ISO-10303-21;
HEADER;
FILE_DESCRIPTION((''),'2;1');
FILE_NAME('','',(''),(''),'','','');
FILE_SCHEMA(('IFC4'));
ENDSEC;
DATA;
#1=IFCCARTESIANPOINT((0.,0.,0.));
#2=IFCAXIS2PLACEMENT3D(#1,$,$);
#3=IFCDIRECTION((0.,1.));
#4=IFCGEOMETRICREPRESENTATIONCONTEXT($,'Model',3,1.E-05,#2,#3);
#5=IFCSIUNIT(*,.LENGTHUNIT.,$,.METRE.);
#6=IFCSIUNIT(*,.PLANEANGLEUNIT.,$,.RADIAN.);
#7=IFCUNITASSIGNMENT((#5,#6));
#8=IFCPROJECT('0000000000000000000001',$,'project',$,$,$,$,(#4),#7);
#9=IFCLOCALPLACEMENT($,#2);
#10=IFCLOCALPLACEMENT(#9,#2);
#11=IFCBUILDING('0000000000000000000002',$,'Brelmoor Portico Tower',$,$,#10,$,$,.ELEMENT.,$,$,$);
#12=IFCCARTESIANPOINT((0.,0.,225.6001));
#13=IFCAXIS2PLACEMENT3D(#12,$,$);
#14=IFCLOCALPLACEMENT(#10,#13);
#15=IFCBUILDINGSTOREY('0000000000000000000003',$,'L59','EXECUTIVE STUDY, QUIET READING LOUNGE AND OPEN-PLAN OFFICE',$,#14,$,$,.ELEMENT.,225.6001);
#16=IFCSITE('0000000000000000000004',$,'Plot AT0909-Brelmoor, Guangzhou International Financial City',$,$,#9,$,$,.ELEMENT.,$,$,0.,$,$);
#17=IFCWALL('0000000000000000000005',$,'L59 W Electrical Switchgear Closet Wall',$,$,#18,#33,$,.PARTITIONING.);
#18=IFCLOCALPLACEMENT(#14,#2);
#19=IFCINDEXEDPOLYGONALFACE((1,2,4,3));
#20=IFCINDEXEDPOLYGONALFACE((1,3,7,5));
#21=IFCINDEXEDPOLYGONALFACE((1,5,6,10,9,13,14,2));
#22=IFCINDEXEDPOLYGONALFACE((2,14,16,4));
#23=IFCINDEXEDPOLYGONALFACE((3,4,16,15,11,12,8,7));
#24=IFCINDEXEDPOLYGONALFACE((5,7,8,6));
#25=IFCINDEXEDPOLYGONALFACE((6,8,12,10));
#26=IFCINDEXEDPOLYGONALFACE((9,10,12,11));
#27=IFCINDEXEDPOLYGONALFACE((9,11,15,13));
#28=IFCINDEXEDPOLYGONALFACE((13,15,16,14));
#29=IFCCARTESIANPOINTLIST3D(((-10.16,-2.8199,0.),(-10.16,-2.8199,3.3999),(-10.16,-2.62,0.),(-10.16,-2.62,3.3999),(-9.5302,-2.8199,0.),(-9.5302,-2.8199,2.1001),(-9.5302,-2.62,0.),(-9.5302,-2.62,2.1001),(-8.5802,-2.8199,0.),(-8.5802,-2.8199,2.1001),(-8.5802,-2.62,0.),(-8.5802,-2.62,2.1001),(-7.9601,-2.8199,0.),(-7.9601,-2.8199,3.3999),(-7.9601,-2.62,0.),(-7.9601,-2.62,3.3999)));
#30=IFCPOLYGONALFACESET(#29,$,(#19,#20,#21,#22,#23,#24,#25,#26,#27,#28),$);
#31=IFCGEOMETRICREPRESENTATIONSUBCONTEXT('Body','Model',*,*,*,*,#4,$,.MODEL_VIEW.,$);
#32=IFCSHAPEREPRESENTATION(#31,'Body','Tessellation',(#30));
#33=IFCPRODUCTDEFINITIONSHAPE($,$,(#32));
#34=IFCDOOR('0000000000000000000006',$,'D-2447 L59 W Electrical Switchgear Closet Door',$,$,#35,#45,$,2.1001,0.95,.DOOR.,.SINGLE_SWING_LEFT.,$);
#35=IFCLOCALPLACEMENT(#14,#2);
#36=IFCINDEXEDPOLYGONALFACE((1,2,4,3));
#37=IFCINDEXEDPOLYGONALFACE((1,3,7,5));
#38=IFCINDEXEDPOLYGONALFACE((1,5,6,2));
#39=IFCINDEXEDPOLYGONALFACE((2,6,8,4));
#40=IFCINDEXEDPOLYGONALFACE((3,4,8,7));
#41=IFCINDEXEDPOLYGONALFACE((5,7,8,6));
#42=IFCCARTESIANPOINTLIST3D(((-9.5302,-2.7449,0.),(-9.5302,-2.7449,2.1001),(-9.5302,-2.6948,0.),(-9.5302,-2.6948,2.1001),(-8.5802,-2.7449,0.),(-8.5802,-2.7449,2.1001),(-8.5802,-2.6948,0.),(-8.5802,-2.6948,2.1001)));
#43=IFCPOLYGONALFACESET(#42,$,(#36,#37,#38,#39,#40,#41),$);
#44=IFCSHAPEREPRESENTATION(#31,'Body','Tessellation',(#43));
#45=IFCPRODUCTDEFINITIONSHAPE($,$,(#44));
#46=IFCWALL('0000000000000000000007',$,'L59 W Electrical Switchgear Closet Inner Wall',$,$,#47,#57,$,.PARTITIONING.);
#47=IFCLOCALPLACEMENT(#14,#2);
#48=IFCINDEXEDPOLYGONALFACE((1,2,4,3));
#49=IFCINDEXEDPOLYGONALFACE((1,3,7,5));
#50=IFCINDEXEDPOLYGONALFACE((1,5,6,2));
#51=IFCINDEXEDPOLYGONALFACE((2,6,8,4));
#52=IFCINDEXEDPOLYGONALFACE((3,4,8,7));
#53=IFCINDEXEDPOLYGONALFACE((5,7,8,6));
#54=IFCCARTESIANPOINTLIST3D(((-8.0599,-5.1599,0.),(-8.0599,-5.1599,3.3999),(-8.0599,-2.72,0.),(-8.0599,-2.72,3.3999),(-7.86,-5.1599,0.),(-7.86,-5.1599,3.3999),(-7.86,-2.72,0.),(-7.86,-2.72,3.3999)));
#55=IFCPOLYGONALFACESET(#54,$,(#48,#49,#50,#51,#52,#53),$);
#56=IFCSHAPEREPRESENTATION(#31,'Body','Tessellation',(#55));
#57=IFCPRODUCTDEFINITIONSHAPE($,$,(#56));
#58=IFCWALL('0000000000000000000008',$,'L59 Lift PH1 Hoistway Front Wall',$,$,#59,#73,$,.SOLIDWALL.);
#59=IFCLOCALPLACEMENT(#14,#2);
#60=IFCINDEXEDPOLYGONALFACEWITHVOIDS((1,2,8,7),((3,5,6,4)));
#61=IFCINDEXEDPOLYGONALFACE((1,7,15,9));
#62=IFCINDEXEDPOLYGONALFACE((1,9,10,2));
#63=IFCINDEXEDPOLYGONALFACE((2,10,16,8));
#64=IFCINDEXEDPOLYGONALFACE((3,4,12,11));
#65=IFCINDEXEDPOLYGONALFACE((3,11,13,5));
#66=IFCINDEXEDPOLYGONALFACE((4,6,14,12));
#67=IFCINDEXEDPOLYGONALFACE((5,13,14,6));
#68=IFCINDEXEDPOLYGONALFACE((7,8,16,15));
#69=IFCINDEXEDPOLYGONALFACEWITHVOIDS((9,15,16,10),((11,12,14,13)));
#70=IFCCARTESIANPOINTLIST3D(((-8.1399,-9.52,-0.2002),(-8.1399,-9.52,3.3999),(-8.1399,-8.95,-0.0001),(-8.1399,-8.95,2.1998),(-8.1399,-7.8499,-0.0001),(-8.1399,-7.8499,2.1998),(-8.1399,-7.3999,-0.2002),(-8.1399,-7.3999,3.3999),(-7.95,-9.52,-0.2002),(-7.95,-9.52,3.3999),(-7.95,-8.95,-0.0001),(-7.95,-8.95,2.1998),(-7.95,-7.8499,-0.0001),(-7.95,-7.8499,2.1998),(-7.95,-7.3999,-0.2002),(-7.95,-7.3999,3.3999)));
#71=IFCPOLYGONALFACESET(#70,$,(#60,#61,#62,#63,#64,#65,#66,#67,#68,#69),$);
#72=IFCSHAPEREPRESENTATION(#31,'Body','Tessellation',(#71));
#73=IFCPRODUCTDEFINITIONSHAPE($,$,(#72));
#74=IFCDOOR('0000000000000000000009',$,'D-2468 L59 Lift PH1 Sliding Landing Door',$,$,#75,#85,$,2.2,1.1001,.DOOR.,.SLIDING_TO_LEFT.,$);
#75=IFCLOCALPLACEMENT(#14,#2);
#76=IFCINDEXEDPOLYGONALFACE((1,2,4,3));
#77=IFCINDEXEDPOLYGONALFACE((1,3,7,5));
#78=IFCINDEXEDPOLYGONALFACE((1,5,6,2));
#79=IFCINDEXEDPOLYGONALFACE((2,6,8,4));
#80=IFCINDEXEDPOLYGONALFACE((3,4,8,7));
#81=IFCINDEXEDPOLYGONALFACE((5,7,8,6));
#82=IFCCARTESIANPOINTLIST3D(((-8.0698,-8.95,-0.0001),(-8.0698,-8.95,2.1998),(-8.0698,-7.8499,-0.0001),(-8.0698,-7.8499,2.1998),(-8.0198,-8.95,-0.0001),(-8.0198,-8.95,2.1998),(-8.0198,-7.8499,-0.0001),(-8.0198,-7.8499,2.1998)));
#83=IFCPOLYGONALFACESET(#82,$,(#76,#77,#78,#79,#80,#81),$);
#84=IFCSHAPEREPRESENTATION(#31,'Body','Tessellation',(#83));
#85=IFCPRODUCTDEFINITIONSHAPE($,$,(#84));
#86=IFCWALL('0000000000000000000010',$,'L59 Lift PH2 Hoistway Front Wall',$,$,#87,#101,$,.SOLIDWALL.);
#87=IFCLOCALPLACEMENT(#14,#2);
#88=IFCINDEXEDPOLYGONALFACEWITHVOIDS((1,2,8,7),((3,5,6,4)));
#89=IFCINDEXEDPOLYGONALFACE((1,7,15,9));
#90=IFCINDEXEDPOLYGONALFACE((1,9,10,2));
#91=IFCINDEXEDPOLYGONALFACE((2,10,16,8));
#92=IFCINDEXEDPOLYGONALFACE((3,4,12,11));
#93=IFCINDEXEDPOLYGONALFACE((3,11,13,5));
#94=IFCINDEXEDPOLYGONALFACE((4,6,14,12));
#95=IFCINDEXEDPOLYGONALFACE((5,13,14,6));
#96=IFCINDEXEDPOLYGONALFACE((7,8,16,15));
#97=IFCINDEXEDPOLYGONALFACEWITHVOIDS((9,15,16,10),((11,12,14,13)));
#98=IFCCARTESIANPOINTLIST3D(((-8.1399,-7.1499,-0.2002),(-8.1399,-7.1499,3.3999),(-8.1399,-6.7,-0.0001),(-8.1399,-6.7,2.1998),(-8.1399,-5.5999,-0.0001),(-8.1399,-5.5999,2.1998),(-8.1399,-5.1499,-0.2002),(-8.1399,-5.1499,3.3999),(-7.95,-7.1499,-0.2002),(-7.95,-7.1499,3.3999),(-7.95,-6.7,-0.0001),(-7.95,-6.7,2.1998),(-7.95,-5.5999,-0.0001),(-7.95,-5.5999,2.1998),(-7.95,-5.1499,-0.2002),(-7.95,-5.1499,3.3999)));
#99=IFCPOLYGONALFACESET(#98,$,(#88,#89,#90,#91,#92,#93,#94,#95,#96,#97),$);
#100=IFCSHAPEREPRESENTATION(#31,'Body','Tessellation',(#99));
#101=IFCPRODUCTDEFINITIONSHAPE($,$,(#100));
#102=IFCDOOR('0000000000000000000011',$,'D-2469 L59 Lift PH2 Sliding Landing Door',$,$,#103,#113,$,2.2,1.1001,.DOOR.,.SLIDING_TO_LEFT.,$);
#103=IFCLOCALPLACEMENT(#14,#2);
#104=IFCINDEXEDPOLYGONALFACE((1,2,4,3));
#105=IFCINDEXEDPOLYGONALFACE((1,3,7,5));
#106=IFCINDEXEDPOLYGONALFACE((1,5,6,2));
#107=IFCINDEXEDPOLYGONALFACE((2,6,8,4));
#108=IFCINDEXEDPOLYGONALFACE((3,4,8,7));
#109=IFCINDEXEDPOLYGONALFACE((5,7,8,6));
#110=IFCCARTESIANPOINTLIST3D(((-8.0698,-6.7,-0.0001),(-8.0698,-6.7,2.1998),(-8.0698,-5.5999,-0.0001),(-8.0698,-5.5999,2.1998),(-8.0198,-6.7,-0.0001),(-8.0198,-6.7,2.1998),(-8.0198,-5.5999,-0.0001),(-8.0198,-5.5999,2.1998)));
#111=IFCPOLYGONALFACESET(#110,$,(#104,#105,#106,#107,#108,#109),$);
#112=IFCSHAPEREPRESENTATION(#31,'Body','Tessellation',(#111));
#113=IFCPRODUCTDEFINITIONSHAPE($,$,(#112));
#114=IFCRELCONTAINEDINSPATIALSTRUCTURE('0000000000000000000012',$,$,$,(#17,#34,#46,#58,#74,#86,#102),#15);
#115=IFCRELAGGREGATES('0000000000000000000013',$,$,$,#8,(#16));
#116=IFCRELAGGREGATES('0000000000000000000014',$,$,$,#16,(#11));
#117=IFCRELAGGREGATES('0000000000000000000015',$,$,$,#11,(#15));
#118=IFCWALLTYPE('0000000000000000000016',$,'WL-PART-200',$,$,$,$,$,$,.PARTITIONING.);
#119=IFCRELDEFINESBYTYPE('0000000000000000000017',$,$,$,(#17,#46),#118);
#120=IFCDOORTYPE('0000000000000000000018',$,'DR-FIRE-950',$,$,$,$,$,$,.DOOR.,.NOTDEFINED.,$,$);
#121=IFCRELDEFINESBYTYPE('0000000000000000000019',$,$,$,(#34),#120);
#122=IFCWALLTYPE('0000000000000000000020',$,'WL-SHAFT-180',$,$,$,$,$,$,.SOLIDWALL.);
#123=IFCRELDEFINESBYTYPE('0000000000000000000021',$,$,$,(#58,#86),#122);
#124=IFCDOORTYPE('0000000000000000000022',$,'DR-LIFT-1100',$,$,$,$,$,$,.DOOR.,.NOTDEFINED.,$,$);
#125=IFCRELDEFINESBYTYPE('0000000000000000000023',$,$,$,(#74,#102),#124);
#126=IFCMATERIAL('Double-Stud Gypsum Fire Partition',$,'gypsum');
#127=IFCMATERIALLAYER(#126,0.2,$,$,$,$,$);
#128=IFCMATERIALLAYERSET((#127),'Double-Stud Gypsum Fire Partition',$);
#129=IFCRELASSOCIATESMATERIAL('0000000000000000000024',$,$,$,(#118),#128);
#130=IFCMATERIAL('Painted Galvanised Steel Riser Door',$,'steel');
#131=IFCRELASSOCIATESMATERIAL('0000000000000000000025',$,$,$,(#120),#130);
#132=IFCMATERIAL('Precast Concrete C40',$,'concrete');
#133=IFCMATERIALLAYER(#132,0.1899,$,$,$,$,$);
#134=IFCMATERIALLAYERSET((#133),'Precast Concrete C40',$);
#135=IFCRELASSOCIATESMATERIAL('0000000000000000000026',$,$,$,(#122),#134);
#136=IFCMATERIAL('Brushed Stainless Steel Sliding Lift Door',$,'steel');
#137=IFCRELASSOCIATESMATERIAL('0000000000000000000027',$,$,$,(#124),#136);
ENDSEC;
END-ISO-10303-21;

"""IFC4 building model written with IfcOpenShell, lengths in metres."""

from ifc_helpers import new_model, si_unit, direction, frame, frame_2d, origin, place, context, subcontext, project, spatial, rectangle, extrude, material, layer, layer_set, type_object, element, fill, save


model = new_model("IFC4")

# Units and contexts
model_context = context("Model", 3, precision=1e-05, world=origin(), true_north=direction((0.0, 1.0)))
body_context = subcontext(model_context, "Body", "Model", "MODEL_VIEW")
ifc_project = project(units=[si_unit("LENGTHUNIT", "METRE"), si_unit("PLANEANGLEUNIT", "RADIAN")], contexts=[model_context])

# Site, building, storey
site_placement = place(None, origin())
site = spatial("IfcSite", under=ifc_project, at=site_placement, Name="Plot AT0909-Brelmoor, Guangzhou International Financial City", CompositionType="ELEMENT", RefElevation=0.0)
building_placement = place(site_placement, origin())
building = spatial("IfcBuilding", under=site, at=building_placement, Name="Brelmoor Portico Tower", CompositionType="ELEMENT")
storey_placement = place(building_placement, frame((0.0, 0.0, 225.6001)))
storey = spatial("IfcBuildingStorey", under=building, at=storey_placement, Name="L59", Description="EXECUTIVE STUDY, QUIET READING LOUNGE AND OPEN-PLAN OFFICE", CompositionType="ELEMENT", Elevation=225.6001)

# Shared definitions
ifc_material_1 = material(Name="Double-Stud Gypsum Fire Partition", Category="gypsum")
ifc_layer_1 = layer(ifc_material_1, 0.2)
ifc_layer_set_1 = layer_set([ifc_layer_1], Name="Double-Stud Gypsum Fire Partition")
wall_type_1 = type_object("IfcWallType", Name="WL-PART-200", PredefinedType="PARTITIONING", material=ifc_layer_set_1)

# Wall, opening, door
wall_1_placement = place(storey_placement, frame((-7.96, -2.72, 0.0), z_axis=(0.0, 0.0, 1.0), x_axis=(-1.0, 0.0, 0.0)))
wall_1 = element("IfcWall", 1, at=wall_1_placement, inside=storey, type_object=wall_type_1, Name="L59 W Electrical Switchgear Closet Wall", PredefinedType="PARTITIONING", context=body_context, shape_type="SweptSolid", body=[
    extrude(rectangle(XDim=2.2, YDim=0.2, at=frame_2d((1.1001, 0.0))), origin(), (0.0, 0.0, 1.0), 3.3999),
])
opening_1_placement = place(wall_1_placement, frame((0.6201, 0.0, 0.0)))
opening_1 = element("IfcOpeningElement", 2, at=opening_1_placement, cuts=wall_1, PredefinedType="OPENING", context=body_context, shape_type="SweptSolid", body=[
    extrude(rectangle(XDim=0.95, YDim=2.1001, at=frame_2d((0.4751, 1.05))), frame((0.0, 0.1099, 0.0), z_axis=(0.0, -1.0, 0.0), x_axis=(1.0, 0.0, 0.0)), (0.0, 0.0, 1.0), 0.22),
])
ifc_material_2 = material(Name="Painted Galvanised Steel Riser Door", Category="steel")
door_type_1 = type_object("IfcDoorType", Name="DR-FIRE-950", OperationType="NOTDEFINED", PredefinedType="DOOR", material=ifc_material_2)
door_1_placement = place(opening_1_placement, origin())
door_1 = element("IfcDoor", 3, at=door_1_placement, inside=storey, type_object=door_type_1, Name="D-2447 L59 W Electrical Switchgear Closet Door", OperationType="SINGLE_SWING_LEFT", OverallHeight=2.1001, OverallWidth=0.95, PredefinedType="DOOR", context=body_context, shape_type="SweptSolid", body=[
    extrude(rectangle(XDim=0.95, YDim=2.1001, at=frame_2d((0.4751, 1.05))), frame((0.0, 0.0249, 0.0), z_axis=(0.0, -1.0, 0.0), x_axis=(1.0, 0.0, 0.0)), (0.0, 0.0, 1.0), 0.05),
])
fill(opening_1, door_1)

# Wall
wall_2_placement = place(storey_placement, frame((-7.96, -5.1599, 0.0), z_axis=(0.0, 0.0, 1.0), x_axis=(0.0, 1.0, 0.0)))
element("IfcWall", 4, at=wall_2_placement, inside=storey, type_object=wall_type_1, Name="L59 W Electrical Switchgear Closet Inner Wall", PredefinedType="PARTITIONING", context=body_context, shape_type="SweptSolid", body=[
    extrude(rectangle(XDim=2.4399, YDim=0.2, at=frame_2d((1.22, 0.0))), origin(), (0.0, 0.0, 1.0), 3.3999),
])

# Walls, openings, doors
ifc_material_3 = material(Name="Precast Concrete C40", Category="concrete")
ifc_layer_2 = layer(ifc_material_3, 0.1899)
ifc_layer_set_2 = layer_set([ifc_layer_2], Name="Precast Concrete C40")
wall_type_2 = type_object("IfcWallType", Name="WL-SHAFT-180", PredefinedType="SOLIDWALL", material=ifc_layer_set_2)
wall_3_placement = place(storey_placement, frame((-8.0449, -9.52, -0.2002), z_axis=(0.0, 0.0, 1.0), x_axis=(0.0, 1.0, 0.0)))
wall_3 = element("IfcWall", 5, at=wall_3_placement, inside=storey, type_object=wall_type_2, Name="L59 Lift PH1 Hoistway Front Wall", PredefinedType="SOLIDWALL", context=body_context, shape_type="SweptSolid", body=[
    extrude(rectangle(XDim=2.1201, YDim=0.1899, at=frame_2d((1.0601, 0.0))), origin(), (0.0, 0.0, 1.0), 3.6001),
])
opening_2_placement = place(wall_3_placement, frame((0.5701, 0.0, 0.2)))
opening_2 = element("IfcOpeningElement", 6, at=opening_2_placement, cuts=wall_3, PredefinedType="OPENING", context=body_context, shape_type="SweptSolid", body=[
    extrude(rectangle(XDim=1.1001, YDim=2.2, at=frame_2d((0.55, 1.1001))), frame((0.0, 0.105, 0.0), z_axis=(0.0, -1.0, 0.0), x_axis=(1.0, 0.0, 0.0)), (0.0, 0.0, 1.0), 0.21),
])
ifc_material_4 = material(Name="Brushed Stainless Steel Sliding Lift Door", Category="steel")
door_type_2 = type_object("IfcDoorType", Name="DR-LIFT-1100", OperationType="NOTDEFINED", PredefinedType="DOOR", material=ifc_material_4)
door_2_placement = place(opening_2_placement, origin())
door_2 = element("IfcDoor", 7, at=door_2_placement, inside=storey, type_object=door_type_2, Name="D-2468 L59 Lift PH1 Sliding Landing Door", OperationType="SLIDING_TO_LEFT", OverallHeight=2.2, OverallWidth=1.1001, PredefinedType="DOOR", context=body_context, shape_type="SweptSolid", body=[
    extrude(rectangle(XDim=1.1001, YDim=2.2, at=frame_2d((0.55, 1.1001))), frame((0.0, 0.0249, 0.0), z_axis=(0.0, -1.0, 0.0), x_axis=(1.0, 0.0, 0.0)), (0.0, 0.0, 1.0), 0.05),
])
fill(opening_2, door_2)
wall_4_placement = place(storey_placement, frame((-8.0449, -7.1499, -0.2002), z_axis=(0.0, 0.0, 1.0), x_axis=(0.0, 1.0, 0.0)))
wall_4 = element("IfcWall", 8, at=wall_4_placement, inside=storey, type_object=wall_type_2, Name="L59 Lift PH2 Hoistway Front Wall", PredefinedType="SOLIDWALL", context=body_context, shape_type="SweptSolid", body=[
    extrude(rectangle(XDim=2.0, YDim=0.1899, at=frame_2d((1.0, 0.0))), origin(), (0.0, 0.0, 1.0), 3.6001),
])
opening_3_placement = place(wall_4_placement, frame((0.45, 0.0, 0.2)))
opening_3 = element("IfcOpeningElement", 9, at=opening_3_placement, cuts=wall_4, PredefinedType="OPENING", context=body_context, shape_type="SweptSolid", body=[
    extrude(rectangle(XDim=1.1001, YDim=2.2, at=frame_2d((0.55, 1.1001))), frame((0.0, 0.105, 0.0), z_axis=(0.0, -1.0, 0.0), x_axis=(1.0, 0.0, 0.0)), (0.0, 0.0, 1.0), 0.21),
])
door_3_placement = place(opening_3_placement, origin())
door_3 = element("IfcDoor", 10, at=door_3_placement, inside=storey, type_object=door_type_2, Name="D-2469 L59 Lift PH2 Sliding Landing Door", OperationType="SLIDING_TO_LEFT", OverallHeight=2.2, OverallWidth=1.1001, PredefinedType="DOOR", context=body_context, shape_type="SweptSolid", body=[
    extrude(rectangle(XDim=1.1001, YDim=2.2, at=frame_2d((0.55, 1.1001))), frame((0.0, 0.0249, 0.0), z_axis=(0.0, -1.0, 0.0), x_axis=(1.0, 0.0, 0.0)), (0.0, 0.0, 1.0), 0.05),
])
fill(opening_3, door_3)

save(model, "model.ifc")
